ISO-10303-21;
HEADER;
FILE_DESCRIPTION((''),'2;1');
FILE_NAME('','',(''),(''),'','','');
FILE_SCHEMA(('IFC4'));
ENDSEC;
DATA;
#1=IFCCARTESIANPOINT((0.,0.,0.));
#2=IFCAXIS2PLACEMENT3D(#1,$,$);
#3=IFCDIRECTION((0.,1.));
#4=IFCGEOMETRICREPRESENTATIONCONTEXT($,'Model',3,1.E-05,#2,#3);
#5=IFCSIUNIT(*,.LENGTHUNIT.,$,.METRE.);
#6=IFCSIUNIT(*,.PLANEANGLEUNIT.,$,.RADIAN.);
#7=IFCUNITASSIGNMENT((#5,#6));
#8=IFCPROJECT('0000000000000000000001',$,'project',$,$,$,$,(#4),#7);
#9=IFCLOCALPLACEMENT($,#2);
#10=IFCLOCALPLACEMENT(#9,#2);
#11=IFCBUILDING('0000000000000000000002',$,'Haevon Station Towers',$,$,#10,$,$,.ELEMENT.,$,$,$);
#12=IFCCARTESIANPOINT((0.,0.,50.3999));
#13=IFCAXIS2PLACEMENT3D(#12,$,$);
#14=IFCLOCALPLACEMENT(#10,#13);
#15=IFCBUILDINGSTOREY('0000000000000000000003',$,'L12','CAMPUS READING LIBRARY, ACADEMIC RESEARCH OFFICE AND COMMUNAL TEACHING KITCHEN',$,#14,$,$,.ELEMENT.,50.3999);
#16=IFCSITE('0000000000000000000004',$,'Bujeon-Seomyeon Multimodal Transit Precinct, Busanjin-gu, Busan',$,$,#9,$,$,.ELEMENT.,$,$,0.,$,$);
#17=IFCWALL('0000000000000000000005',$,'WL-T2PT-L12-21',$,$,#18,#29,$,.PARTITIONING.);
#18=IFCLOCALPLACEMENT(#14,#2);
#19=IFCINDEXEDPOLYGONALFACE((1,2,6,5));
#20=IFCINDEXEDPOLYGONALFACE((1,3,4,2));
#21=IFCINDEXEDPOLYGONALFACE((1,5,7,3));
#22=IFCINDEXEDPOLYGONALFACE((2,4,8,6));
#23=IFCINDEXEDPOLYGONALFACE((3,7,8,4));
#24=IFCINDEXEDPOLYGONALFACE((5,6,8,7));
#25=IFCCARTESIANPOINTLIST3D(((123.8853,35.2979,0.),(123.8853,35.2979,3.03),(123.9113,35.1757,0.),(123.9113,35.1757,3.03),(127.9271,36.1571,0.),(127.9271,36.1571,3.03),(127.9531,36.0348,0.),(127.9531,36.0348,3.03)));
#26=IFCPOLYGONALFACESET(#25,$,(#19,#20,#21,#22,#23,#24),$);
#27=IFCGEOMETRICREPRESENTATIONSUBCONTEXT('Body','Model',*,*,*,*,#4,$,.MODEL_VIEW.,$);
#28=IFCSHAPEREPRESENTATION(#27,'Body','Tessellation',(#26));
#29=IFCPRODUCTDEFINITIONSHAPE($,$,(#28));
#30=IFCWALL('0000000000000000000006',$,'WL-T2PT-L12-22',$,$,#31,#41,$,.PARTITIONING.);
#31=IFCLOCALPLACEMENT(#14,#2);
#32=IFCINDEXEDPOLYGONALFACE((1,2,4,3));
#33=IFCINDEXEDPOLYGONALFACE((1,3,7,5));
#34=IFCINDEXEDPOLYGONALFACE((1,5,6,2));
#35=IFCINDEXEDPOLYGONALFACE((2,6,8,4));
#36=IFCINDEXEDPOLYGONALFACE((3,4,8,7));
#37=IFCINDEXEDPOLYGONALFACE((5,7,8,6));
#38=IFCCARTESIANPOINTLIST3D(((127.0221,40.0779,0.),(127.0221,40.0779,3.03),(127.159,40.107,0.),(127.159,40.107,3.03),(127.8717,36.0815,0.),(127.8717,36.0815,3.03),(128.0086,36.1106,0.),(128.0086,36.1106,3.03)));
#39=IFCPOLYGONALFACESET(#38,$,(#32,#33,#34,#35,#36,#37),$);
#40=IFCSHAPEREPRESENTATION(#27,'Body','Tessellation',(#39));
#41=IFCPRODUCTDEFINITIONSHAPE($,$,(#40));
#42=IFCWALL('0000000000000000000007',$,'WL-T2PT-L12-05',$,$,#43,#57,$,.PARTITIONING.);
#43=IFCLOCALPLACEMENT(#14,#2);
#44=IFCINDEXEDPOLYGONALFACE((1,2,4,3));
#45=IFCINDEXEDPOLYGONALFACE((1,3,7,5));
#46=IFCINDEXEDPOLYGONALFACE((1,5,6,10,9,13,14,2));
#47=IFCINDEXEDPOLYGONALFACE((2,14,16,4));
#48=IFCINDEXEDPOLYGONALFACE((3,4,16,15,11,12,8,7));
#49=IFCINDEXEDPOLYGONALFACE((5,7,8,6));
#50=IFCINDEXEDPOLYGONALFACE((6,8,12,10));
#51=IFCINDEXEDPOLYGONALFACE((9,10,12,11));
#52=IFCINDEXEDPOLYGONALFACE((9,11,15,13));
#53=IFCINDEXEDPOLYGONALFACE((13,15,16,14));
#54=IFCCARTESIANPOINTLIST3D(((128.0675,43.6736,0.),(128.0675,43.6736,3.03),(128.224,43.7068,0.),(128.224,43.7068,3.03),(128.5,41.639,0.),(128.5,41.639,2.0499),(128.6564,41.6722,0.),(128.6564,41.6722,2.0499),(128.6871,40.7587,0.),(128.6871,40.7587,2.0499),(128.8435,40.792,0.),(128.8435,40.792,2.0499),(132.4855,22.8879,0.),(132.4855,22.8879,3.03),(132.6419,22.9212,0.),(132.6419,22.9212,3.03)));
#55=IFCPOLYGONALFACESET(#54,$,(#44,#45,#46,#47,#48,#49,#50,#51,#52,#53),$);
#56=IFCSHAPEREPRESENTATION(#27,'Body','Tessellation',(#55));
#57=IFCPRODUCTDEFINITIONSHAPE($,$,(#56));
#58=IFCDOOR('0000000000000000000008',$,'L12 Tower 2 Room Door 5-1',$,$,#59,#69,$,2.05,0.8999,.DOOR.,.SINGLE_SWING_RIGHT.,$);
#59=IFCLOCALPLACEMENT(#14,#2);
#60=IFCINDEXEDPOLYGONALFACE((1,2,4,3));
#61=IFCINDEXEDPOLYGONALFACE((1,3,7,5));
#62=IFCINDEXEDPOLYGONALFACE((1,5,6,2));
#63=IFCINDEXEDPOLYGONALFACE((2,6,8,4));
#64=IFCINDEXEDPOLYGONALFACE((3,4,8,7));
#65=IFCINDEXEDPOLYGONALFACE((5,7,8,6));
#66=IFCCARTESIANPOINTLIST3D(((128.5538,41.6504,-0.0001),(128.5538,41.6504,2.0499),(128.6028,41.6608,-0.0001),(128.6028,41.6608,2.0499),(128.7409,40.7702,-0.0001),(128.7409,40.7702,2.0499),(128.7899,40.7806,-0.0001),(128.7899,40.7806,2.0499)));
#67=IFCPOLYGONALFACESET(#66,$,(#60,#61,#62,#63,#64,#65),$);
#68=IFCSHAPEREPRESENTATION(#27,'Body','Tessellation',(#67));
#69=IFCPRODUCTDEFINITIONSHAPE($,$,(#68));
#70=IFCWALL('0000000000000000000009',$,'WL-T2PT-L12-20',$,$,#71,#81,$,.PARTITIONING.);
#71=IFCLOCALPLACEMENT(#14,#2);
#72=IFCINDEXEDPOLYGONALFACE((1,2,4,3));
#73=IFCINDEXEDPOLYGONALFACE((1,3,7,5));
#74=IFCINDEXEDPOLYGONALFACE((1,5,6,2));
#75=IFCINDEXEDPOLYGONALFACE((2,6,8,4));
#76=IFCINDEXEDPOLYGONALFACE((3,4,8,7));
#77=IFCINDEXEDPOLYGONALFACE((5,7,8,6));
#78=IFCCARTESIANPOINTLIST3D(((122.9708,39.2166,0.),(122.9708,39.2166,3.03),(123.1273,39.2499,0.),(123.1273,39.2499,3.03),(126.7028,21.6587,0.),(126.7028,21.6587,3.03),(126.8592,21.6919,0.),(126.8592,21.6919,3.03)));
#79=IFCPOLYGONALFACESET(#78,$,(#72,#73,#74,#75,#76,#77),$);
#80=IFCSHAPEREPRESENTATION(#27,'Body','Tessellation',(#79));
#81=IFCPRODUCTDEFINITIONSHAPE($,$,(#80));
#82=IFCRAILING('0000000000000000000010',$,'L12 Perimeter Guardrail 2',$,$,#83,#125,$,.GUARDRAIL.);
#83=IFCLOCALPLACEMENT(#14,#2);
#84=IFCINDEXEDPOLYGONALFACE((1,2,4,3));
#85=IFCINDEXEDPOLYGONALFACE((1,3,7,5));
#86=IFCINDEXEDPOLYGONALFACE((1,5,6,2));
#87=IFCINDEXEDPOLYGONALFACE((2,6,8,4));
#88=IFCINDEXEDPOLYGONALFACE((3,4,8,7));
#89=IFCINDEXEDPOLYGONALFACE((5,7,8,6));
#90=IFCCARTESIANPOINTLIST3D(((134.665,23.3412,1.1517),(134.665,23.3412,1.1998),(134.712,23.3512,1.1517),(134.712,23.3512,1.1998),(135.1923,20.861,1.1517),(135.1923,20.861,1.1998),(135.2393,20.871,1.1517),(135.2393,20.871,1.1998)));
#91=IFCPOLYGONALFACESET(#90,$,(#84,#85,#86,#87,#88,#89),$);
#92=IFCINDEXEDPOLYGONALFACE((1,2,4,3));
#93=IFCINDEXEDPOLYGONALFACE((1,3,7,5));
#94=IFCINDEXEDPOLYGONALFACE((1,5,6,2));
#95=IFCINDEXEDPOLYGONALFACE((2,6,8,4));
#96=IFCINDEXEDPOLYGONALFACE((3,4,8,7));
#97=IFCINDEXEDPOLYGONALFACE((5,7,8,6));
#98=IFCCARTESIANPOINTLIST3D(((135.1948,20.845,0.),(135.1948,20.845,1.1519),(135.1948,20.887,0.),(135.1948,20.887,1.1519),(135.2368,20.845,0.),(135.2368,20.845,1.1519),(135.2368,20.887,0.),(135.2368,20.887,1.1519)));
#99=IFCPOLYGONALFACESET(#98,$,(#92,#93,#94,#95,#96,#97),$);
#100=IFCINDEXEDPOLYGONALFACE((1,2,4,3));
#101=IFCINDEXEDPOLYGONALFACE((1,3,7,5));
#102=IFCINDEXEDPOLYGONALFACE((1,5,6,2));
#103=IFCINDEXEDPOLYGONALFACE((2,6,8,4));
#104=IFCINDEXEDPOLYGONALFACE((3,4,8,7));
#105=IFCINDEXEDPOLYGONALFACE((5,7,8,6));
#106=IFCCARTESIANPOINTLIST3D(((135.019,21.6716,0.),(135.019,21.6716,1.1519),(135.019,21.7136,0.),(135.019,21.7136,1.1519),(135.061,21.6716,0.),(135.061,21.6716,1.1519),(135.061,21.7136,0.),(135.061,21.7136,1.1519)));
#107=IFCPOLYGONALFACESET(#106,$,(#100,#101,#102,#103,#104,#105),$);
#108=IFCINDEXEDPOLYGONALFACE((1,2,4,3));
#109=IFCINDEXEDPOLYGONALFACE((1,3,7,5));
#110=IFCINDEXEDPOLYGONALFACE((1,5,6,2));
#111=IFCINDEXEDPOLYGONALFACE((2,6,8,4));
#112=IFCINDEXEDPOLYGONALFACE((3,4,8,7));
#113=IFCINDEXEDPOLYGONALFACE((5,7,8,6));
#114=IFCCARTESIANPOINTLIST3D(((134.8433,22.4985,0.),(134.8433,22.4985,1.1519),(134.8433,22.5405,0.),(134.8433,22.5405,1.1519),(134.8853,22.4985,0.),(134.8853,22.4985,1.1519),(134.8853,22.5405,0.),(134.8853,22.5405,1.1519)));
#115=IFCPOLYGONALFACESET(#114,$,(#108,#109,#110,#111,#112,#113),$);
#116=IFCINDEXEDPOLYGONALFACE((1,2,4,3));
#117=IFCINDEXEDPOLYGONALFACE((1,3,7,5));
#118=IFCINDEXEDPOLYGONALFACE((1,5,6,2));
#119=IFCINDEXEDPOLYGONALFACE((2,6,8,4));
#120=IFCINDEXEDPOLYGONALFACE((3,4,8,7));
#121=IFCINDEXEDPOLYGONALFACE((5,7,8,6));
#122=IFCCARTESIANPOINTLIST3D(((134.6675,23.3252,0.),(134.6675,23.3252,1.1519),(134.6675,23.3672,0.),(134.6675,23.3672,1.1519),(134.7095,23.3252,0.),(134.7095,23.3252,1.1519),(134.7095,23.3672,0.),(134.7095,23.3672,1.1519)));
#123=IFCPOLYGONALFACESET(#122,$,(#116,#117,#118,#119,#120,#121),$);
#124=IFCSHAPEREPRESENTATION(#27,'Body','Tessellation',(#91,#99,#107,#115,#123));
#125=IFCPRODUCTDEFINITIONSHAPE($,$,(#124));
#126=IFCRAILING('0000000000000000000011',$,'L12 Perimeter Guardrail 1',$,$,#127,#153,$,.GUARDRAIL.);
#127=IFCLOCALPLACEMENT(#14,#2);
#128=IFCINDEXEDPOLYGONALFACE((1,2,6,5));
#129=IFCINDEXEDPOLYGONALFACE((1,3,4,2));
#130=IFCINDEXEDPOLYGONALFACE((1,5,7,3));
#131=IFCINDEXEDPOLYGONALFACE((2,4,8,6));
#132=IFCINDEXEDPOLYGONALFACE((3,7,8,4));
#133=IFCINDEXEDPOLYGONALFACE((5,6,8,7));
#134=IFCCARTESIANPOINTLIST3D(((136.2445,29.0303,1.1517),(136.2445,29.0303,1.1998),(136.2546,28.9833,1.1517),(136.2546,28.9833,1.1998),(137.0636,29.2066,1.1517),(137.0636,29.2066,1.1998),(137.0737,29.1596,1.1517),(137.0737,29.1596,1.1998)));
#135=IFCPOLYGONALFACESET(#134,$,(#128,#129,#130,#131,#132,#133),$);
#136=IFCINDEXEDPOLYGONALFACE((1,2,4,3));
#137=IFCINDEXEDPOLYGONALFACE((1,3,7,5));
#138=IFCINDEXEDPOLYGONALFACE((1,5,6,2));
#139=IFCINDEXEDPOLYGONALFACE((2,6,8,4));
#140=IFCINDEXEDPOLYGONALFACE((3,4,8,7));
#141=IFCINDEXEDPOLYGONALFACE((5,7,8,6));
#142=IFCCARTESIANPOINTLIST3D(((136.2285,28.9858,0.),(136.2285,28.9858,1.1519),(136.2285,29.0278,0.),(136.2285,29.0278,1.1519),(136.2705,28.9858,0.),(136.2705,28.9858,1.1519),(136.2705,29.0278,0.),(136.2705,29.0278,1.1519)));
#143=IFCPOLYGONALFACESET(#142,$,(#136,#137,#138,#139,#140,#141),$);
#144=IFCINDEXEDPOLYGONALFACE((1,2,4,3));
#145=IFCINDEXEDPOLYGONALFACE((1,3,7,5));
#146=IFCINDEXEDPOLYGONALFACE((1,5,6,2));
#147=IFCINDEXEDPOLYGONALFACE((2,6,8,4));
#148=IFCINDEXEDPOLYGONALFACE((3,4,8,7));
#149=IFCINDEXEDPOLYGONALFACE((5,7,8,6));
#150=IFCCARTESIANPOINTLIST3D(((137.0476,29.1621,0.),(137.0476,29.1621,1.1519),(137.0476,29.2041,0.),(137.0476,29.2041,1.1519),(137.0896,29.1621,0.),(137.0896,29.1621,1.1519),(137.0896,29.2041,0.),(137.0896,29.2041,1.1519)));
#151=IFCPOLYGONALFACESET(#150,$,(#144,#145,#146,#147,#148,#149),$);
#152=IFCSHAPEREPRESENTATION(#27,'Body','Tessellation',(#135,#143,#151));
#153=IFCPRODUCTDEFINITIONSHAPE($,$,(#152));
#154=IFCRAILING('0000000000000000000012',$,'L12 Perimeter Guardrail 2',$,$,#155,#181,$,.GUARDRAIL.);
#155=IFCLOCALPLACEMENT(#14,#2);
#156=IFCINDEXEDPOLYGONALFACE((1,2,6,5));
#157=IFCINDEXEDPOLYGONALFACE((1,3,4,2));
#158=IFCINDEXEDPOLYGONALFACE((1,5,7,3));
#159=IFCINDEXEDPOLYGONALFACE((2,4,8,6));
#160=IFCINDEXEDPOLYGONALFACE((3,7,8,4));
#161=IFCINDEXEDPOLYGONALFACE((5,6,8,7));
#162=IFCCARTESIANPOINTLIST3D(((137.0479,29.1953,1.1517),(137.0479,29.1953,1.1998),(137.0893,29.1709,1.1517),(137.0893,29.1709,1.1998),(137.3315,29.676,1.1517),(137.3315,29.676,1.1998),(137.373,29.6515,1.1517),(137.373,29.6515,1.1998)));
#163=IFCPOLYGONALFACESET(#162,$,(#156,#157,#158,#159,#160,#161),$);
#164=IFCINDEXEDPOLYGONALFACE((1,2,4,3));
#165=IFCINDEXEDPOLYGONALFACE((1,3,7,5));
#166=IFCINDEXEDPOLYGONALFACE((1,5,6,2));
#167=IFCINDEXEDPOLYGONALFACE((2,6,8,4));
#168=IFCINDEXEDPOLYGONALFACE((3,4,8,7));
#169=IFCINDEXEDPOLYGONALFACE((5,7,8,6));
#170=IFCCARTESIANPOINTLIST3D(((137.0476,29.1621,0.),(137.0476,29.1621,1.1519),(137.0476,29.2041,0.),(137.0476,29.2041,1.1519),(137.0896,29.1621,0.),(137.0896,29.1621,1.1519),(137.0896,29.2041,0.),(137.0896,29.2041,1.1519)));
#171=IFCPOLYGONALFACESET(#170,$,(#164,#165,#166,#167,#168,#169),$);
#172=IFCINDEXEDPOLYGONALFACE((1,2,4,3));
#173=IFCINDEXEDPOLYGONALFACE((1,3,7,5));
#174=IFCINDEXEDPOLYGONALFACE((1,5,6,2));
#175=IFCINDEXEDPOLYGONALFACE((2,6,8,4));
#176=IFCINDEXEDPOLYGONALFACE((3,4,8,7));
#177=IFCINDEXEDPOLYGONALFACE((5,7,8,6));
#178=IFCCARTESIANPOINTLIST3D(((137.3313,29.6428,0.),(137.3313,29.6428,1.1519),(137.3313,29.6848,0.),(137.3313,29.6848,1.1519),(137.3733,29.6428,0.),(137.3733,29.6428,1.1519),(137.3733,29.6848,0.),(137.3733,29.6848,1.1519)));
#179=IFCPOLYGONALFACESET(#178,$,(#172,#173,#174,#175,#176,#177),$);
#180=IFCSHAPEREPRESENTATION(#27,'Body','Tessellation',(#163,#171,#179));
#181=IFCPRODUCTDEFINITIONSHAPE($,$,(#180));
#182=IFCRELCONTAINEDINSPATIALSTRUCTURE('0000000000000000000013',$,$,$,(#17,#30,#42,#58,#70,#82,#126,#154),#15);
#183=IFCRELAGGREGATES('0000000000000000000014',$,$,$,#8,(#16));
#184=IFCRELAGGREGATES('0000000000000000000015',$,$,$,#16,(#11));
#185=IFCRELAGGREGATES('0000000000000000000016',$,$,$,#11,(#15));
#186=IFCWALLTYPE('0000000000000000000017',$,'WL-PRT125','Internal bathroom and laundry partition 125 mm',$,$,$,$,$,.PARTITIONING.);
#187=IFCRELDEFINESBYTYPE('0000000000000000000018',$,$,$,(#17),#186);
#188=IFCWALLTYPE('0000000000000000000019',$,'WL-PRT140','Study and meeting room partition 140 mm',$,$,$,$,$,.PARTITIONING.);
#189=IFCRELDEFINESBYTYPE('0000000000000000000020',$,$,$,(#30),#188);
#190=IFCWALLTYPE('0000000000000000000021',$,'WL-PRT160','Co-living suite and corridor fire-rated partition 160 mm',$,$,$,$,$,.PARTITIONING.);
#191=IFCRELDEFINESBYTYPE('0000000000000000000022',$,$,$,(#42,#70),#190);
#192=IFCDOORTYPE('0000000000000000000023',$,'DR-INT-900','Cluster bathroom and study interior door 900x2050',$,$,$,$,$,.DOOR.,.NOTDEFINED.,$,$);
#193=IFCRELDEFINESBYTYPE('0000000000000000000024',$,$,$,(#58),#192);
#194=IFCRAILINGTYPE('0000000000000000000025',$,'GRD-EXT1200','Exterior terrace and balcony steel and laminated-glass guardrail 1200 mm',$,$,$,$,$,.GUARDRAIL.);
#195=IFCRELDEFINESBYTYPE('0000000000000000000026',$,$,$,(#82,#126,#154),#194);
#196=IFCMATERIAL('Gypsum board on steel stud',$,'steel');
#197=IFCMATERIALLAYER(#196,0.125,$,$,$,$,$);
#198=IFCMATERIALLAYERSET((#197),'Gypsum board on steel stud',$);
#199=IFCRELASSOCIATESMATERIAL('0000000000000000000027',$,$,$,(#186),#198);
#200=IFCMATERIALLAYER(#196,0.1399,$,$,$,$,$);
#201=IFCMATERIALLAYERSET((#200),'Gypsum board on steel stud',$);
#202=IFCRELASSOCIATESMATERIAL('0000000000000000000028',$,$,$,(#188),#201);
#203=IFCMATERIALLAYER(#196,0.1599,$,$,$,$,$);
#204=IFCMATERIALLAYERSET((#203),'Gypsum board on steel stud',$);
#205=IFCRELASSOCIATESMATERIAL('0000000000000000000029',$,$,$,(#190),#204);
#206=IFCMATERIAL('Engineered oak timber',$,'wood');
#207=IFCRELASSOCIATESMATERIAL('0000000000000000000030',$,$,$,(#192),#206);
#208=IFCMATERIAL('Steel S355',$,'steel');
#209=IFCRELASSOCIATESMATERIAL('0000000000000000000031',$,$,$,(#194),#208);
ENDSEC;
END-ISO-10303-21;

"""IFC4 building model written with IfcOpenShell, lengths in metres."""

from ifc_helpers import new_model, si_unit, direction, frame, frame_2d, origin, origin_2d, place, context, subcontext, project, spatial, rectangle, extrude, material, layer, layer_set, type_object, element, fill, save


model = new_model("IFC4")

# Units and contexts
model_context = context("Model", 3, precision=1e-05, world=origin(), true_north=direction((0.0, 1.0)))
body_context = subcontext(model_context, "Body", "Model", "MODEL_VIEW")
ifc_project = project(units=[si_unit("LENGTHUNIT", "METRE"), si_unit("PLANEANGLEUNIT", "RADIAN")], contexts=[model_context])

# Site, building, storey
site_placement = place(None, origin())
site = spatial("IfcSite", under=ifc_project, at=site_placement, Name="Bujeon-Seomyeon Multimodal Transit Precinct, Busanjin-gu, Busan", CompositionType="ELEMENT", RefElevation=0.0)
building_placement = place(site_placement, origin())
building = spatial("IfcBuilding", under=site, at=building_placement, Name="Haevon Station Towers", CompositionType="ELEMENT")
storey_placement = place(building_placement, frame((0.0, 0.0, 50.3999)))
storey = spatial("IfcBuildingStorey", under=building, at=storey_placement, Name="L12", Description="CAMPUS READING LIBRARY, ACADEMIC RESEARCH OFFICE AND COMMUNAL TEACHING KITCHEN", CompositionType="ELEMENT", Elevation=50.3999)

# Shared definitions
ifc_material_1 = material(Name="Steel S355", Category="steel")

# Walls
ifc_material_2 = material(Name="Gypsum board on steel stud", Category="steel")
ifc_layer_1 = layer(ifc_material_2, 0.125)
ifc_layer_set_1 = layer_set([ifc_layer_1], Name="Gypsum board on steel stud")
wall_type_1 = type_object("IfcWallType", Name="WL-PRT125", Description="Internal bathroom and laundry partition 125 mm", PredefinedType="PARTITIONING", material=ifc_layer_set_1)
wall_1_placement = place(storey_placement, frame((123.8984, 35.2368, 0.0), z_axis=(0.0, 0.0, 1.0), x_axis=(0.978146, 0.207919, 0.0)))
element("IfcWall", 1, at=wall_1_placement, inside=storey, type_object=wall_type_1, Name="WL-T2PT-L12-21", PredefinedType="PARTITIONING", context=body_context, shape_type="SweptSolid", body=[
    extrude(rectangle(XDim=4.1321, YDim=0.125, at=frame_2d((2.0659, 0.0))), origin(), (0.0, 0.0, 1.0), 3.03),
])
ifc_layer_2 = layer(ifc_material_2, 0.1399)
ifc_layer_set_2 = layer_set([ifc_layer_2], Name="Gypsum board on steel stud")
wall_type_2 = type_object("IfcWallType", Name="WL-PRT140", Description="Study and meeting room partition 140 mm", PredefinedType="PARTITIONING", material=ifc_layer_set_2)
wall_2_placement = place(storey_placement, frame((127.9402, 36.0959, 0.0), z_axis=(0.0, 0.0, 1.0), x_axis=(-0.20795, 0.97814, 0.0)))
element("IfcWall", 2, at=wall_2_placement, inside=storey, type_object=wall_type_2, Name="WL-T2PT-L12-22", PredefinedType="PARTITIONING", context=body_context, shape_type="SweptSolid", body=[
    extrude(rectangle(XDim=4.0857, YDim=0.1399, at=frame_2d((2.043, 0.0))), origin(), (0.0, 0.0, 1.0), 3.03),
])

# Wall, opening, door
ifc_layer_3 = layer(ifc_material_2, 0.1599)
ifc_layer_set_3 = layer_set([ifc_layer_3], Name="Gypsum board on steel stud")
wall_type_3 = type_object("IfcWallType", Name="WL-PRT160", Description="Co-living suite and corridor fire-rated partition 160 mm", PredefinedType="PARTITIONING", material=ifc_layer_set_3)
wall_3_placement = place(storey_placement, frame((132.5637, 22.9045, 0.0), z_axis=(0.0, 0.0, 1.0), x_axis=(-0.207905, 0.978149, 0.0)))
wall_3 = element("IfcWall", 3, at=wall_3_placement, inside=storey, type_object=wall_type_3, Name="WL-T2PT-L12-05", PredefinedType="PARTITIONING", context=body_context, shape_type="SweptSolid", body=[
    extrude(rectangle(XDim=21.25, YDim=0.1599, at=frame_2d((10.625, 0.0))), origin(), (0.0, 0.0, 1.0), 3.03),
])
opening_1_placement = place(wall_3_placement, frame((18.27, 0.0, 0.0)))
opening_1 = element("IfcOpeningElement", 4, at=opening_1_placement, cuts=wall_3, PredefinedType="OPENING", context=body_context, shape_type="SweptSolid", body=[
    extrude(rectangle(XDim=0.8999, YDim=2.05, at=frame_2d((0.45, 1.0249))), frame((0.0, 0.0898, 0.0), z_axis=(0.0, -1.0, 0.0), x_axis=(1.0, 0.0, 0.0)), (0.0, 0.0, 1.0), 0.1799),
])
ifc_material_3 = material(Name="Engineered oak timber", Category="wood")
door_type_1 = type_object("IfcDoorType", Name="DR-INT-900", Description="Cluster bathroom and study interior door 900x2050", OperationType="NOTDEFINED", PredefinedType="DOOR", material=ifc_material_3)
door_1_placement = place(opening_1_placement, origin())
door_1 = element("IfcDoor", 5, at=door_1_placement, inside=storey, type_object=door_type_1, Name="L12 Tower 2 Room Door 5-1", OperationType="SINGLE_SWING_RIGHT", OverallHeight=2.05, OverallWidth=0.8999, PredefinedType="DOOR", context=body_context, shape_type="SweptSolid", body=[
    extrude(rectangle(XDim=0.8999, YDim=2.05, at=frame_2d((0.45, 1.0249))), frame((0.0, 0.0249, 0.0), z_axis=(0.0, -1.0, 0.0), x_axis=(1.0, 0.0, 0.0)), (0.0, 0.0, 1.0), 0.05),
])
fill(opening_1, door_1)

# Wall
wall_4_placement = place(storey_placement, frame((126.781, 21.6753, 0.0), z_axis=(0.0, 0.0, 1.0), x_axis=(-0.207906, 0.978149, 0.0)))
element("IfcWall", 6, at=wall_4_placement, inside=storey, type_object=wall_type_3, Name="WL-T2PT-L12-20", PredefinedType="PARTITIONING", context=body_context, shape_type="SweptSolid", body=[
    extrude(rectangle(XDim=17.9502, YDim=0.1599, at=frame_2d((8.9751, 0.0))), origin(), (0.0, 0.0, 1.0), 3.03),
])

# Railings
railing_type = type_object("IfcRailingType", Name="GRD-EXT1200", Description="Exterior terrace and balcony steel and laminated-glass guardrail 1200 mm", PredefinedType="GUARDRAIL", material=ifc_material_1)
railing_1_placement = place(storey_placement, frame((135.2158, 20.866, 0.0)))
element("IfcRailing", 7, at=railing_1_placement, inside=storey, type_object=railing_type, Name="L12 Perimeter Guardrail 2", PredefinedType="GUARDRAIL", context=body_context, shape_type="SweptSolid", body=[
    extrude(rectangle(XDim=0.0481, YDim=0.0481, at=origin_2d()), frame((0.0, 0.0, 1.1758), z_axis=(-0.20797, 0.978135, 0.0), x_axis=(-0.978135, -0.20797, 0.0)), (0.0, 0.0, 1.0), 2.5356),
    extrude(rectangle(XDim=0.042, YDim=0.042, at=origin_2d()), origin(), (0.0, 0.0, 1.0), 1.1519),
    extrude(rectangle(XDim=0.042, YDim=0.042, at=origin_2d()), frame((-0.1758, 0.8267, 0.0)), (0.0, 0.0, 1.0), 1.1519),
    extrude(rectangle(XDim=0.042, YDim=0.042, at=origin_2d()), frame((-0.3516, 1.6536, 0.0)), (0.0, 0.0, 1.0), 1.1519),
    extrude(rectangle(XDim=0.042, YDim=0.042, at=origin_2d()), frame((-0.5273, 2.4802, 0.0)), (0.0, 0.0, 1.0), 1.1519),
])
railing_2_placement = place(storey_placement, frame((136.2495, 29.0068, 0.0)))
element("IfcRailing", 8, at=railing_2_placement, inside=storey, type_object=railing_type, Name="L12 Perimeter Guardrail 1", PredefinedType="GUARDRAIL", context=body_context, shape_type="SweptSolid", body=[
    extrude(rectangle(XDim=0.0481, YDim=0.0481, at=origin_2d()), frame((0.0, 0.0, 1.1758), z_axis=(0.977619, 0.210385, 0.0), x_axis=(-0.210385, 0.977619, 0.0)), (0.0, 0.0, 1.0), 0.8379),
    extrude(rectangle(XDim=0.042, YDim=0.042, at=origin_2d()), origin(), (0.0, 0.0, 1.0), 1.1519),
    extrude(rectangle(XDim=0.042, YDim=0.042, at=origin_2d()), frame((0.8191, 0.1763, 0.0)), (0.0, 0.0, 1.0), 1.1519),
])
railing_3_placement = place(storey_placement, frame((137.0686, 29.1831, 0.0)))
element("IfcRailing", 9, at=railing_3_placement, inside=storey, type_object=railing_type, Name="L12 Perimeter Guardrail 2", PredefinedType="GUARDRAIL", context=body_context, shape_type="SweptSolid", body=[
    extrude(rectangle(XDim=0.0481, YDim=0.0481, at=origin_2d()), frame((0.0, 0.0, 1.1758), z_axis=(0.508243, 0.861214, 0.0), x_axis=(-0.861214, 0.508243, 0.0)), (0.0, 0.0, 1.0), 0.5581),
    extrude(rectangle(XDim=0.042, YDim=0.042, at=origin_2d()), origin(), (0.0, 0.0, 1.0), 1.1519),
    extrude(rectangle(XDim=0.042, YDim=0.042, at=origin_2d()), frame((0.2837, 0.4807, 0.0)), (0.0, 0.0, 1.0), 1.1519),
])

save(model, "model.ifc")
